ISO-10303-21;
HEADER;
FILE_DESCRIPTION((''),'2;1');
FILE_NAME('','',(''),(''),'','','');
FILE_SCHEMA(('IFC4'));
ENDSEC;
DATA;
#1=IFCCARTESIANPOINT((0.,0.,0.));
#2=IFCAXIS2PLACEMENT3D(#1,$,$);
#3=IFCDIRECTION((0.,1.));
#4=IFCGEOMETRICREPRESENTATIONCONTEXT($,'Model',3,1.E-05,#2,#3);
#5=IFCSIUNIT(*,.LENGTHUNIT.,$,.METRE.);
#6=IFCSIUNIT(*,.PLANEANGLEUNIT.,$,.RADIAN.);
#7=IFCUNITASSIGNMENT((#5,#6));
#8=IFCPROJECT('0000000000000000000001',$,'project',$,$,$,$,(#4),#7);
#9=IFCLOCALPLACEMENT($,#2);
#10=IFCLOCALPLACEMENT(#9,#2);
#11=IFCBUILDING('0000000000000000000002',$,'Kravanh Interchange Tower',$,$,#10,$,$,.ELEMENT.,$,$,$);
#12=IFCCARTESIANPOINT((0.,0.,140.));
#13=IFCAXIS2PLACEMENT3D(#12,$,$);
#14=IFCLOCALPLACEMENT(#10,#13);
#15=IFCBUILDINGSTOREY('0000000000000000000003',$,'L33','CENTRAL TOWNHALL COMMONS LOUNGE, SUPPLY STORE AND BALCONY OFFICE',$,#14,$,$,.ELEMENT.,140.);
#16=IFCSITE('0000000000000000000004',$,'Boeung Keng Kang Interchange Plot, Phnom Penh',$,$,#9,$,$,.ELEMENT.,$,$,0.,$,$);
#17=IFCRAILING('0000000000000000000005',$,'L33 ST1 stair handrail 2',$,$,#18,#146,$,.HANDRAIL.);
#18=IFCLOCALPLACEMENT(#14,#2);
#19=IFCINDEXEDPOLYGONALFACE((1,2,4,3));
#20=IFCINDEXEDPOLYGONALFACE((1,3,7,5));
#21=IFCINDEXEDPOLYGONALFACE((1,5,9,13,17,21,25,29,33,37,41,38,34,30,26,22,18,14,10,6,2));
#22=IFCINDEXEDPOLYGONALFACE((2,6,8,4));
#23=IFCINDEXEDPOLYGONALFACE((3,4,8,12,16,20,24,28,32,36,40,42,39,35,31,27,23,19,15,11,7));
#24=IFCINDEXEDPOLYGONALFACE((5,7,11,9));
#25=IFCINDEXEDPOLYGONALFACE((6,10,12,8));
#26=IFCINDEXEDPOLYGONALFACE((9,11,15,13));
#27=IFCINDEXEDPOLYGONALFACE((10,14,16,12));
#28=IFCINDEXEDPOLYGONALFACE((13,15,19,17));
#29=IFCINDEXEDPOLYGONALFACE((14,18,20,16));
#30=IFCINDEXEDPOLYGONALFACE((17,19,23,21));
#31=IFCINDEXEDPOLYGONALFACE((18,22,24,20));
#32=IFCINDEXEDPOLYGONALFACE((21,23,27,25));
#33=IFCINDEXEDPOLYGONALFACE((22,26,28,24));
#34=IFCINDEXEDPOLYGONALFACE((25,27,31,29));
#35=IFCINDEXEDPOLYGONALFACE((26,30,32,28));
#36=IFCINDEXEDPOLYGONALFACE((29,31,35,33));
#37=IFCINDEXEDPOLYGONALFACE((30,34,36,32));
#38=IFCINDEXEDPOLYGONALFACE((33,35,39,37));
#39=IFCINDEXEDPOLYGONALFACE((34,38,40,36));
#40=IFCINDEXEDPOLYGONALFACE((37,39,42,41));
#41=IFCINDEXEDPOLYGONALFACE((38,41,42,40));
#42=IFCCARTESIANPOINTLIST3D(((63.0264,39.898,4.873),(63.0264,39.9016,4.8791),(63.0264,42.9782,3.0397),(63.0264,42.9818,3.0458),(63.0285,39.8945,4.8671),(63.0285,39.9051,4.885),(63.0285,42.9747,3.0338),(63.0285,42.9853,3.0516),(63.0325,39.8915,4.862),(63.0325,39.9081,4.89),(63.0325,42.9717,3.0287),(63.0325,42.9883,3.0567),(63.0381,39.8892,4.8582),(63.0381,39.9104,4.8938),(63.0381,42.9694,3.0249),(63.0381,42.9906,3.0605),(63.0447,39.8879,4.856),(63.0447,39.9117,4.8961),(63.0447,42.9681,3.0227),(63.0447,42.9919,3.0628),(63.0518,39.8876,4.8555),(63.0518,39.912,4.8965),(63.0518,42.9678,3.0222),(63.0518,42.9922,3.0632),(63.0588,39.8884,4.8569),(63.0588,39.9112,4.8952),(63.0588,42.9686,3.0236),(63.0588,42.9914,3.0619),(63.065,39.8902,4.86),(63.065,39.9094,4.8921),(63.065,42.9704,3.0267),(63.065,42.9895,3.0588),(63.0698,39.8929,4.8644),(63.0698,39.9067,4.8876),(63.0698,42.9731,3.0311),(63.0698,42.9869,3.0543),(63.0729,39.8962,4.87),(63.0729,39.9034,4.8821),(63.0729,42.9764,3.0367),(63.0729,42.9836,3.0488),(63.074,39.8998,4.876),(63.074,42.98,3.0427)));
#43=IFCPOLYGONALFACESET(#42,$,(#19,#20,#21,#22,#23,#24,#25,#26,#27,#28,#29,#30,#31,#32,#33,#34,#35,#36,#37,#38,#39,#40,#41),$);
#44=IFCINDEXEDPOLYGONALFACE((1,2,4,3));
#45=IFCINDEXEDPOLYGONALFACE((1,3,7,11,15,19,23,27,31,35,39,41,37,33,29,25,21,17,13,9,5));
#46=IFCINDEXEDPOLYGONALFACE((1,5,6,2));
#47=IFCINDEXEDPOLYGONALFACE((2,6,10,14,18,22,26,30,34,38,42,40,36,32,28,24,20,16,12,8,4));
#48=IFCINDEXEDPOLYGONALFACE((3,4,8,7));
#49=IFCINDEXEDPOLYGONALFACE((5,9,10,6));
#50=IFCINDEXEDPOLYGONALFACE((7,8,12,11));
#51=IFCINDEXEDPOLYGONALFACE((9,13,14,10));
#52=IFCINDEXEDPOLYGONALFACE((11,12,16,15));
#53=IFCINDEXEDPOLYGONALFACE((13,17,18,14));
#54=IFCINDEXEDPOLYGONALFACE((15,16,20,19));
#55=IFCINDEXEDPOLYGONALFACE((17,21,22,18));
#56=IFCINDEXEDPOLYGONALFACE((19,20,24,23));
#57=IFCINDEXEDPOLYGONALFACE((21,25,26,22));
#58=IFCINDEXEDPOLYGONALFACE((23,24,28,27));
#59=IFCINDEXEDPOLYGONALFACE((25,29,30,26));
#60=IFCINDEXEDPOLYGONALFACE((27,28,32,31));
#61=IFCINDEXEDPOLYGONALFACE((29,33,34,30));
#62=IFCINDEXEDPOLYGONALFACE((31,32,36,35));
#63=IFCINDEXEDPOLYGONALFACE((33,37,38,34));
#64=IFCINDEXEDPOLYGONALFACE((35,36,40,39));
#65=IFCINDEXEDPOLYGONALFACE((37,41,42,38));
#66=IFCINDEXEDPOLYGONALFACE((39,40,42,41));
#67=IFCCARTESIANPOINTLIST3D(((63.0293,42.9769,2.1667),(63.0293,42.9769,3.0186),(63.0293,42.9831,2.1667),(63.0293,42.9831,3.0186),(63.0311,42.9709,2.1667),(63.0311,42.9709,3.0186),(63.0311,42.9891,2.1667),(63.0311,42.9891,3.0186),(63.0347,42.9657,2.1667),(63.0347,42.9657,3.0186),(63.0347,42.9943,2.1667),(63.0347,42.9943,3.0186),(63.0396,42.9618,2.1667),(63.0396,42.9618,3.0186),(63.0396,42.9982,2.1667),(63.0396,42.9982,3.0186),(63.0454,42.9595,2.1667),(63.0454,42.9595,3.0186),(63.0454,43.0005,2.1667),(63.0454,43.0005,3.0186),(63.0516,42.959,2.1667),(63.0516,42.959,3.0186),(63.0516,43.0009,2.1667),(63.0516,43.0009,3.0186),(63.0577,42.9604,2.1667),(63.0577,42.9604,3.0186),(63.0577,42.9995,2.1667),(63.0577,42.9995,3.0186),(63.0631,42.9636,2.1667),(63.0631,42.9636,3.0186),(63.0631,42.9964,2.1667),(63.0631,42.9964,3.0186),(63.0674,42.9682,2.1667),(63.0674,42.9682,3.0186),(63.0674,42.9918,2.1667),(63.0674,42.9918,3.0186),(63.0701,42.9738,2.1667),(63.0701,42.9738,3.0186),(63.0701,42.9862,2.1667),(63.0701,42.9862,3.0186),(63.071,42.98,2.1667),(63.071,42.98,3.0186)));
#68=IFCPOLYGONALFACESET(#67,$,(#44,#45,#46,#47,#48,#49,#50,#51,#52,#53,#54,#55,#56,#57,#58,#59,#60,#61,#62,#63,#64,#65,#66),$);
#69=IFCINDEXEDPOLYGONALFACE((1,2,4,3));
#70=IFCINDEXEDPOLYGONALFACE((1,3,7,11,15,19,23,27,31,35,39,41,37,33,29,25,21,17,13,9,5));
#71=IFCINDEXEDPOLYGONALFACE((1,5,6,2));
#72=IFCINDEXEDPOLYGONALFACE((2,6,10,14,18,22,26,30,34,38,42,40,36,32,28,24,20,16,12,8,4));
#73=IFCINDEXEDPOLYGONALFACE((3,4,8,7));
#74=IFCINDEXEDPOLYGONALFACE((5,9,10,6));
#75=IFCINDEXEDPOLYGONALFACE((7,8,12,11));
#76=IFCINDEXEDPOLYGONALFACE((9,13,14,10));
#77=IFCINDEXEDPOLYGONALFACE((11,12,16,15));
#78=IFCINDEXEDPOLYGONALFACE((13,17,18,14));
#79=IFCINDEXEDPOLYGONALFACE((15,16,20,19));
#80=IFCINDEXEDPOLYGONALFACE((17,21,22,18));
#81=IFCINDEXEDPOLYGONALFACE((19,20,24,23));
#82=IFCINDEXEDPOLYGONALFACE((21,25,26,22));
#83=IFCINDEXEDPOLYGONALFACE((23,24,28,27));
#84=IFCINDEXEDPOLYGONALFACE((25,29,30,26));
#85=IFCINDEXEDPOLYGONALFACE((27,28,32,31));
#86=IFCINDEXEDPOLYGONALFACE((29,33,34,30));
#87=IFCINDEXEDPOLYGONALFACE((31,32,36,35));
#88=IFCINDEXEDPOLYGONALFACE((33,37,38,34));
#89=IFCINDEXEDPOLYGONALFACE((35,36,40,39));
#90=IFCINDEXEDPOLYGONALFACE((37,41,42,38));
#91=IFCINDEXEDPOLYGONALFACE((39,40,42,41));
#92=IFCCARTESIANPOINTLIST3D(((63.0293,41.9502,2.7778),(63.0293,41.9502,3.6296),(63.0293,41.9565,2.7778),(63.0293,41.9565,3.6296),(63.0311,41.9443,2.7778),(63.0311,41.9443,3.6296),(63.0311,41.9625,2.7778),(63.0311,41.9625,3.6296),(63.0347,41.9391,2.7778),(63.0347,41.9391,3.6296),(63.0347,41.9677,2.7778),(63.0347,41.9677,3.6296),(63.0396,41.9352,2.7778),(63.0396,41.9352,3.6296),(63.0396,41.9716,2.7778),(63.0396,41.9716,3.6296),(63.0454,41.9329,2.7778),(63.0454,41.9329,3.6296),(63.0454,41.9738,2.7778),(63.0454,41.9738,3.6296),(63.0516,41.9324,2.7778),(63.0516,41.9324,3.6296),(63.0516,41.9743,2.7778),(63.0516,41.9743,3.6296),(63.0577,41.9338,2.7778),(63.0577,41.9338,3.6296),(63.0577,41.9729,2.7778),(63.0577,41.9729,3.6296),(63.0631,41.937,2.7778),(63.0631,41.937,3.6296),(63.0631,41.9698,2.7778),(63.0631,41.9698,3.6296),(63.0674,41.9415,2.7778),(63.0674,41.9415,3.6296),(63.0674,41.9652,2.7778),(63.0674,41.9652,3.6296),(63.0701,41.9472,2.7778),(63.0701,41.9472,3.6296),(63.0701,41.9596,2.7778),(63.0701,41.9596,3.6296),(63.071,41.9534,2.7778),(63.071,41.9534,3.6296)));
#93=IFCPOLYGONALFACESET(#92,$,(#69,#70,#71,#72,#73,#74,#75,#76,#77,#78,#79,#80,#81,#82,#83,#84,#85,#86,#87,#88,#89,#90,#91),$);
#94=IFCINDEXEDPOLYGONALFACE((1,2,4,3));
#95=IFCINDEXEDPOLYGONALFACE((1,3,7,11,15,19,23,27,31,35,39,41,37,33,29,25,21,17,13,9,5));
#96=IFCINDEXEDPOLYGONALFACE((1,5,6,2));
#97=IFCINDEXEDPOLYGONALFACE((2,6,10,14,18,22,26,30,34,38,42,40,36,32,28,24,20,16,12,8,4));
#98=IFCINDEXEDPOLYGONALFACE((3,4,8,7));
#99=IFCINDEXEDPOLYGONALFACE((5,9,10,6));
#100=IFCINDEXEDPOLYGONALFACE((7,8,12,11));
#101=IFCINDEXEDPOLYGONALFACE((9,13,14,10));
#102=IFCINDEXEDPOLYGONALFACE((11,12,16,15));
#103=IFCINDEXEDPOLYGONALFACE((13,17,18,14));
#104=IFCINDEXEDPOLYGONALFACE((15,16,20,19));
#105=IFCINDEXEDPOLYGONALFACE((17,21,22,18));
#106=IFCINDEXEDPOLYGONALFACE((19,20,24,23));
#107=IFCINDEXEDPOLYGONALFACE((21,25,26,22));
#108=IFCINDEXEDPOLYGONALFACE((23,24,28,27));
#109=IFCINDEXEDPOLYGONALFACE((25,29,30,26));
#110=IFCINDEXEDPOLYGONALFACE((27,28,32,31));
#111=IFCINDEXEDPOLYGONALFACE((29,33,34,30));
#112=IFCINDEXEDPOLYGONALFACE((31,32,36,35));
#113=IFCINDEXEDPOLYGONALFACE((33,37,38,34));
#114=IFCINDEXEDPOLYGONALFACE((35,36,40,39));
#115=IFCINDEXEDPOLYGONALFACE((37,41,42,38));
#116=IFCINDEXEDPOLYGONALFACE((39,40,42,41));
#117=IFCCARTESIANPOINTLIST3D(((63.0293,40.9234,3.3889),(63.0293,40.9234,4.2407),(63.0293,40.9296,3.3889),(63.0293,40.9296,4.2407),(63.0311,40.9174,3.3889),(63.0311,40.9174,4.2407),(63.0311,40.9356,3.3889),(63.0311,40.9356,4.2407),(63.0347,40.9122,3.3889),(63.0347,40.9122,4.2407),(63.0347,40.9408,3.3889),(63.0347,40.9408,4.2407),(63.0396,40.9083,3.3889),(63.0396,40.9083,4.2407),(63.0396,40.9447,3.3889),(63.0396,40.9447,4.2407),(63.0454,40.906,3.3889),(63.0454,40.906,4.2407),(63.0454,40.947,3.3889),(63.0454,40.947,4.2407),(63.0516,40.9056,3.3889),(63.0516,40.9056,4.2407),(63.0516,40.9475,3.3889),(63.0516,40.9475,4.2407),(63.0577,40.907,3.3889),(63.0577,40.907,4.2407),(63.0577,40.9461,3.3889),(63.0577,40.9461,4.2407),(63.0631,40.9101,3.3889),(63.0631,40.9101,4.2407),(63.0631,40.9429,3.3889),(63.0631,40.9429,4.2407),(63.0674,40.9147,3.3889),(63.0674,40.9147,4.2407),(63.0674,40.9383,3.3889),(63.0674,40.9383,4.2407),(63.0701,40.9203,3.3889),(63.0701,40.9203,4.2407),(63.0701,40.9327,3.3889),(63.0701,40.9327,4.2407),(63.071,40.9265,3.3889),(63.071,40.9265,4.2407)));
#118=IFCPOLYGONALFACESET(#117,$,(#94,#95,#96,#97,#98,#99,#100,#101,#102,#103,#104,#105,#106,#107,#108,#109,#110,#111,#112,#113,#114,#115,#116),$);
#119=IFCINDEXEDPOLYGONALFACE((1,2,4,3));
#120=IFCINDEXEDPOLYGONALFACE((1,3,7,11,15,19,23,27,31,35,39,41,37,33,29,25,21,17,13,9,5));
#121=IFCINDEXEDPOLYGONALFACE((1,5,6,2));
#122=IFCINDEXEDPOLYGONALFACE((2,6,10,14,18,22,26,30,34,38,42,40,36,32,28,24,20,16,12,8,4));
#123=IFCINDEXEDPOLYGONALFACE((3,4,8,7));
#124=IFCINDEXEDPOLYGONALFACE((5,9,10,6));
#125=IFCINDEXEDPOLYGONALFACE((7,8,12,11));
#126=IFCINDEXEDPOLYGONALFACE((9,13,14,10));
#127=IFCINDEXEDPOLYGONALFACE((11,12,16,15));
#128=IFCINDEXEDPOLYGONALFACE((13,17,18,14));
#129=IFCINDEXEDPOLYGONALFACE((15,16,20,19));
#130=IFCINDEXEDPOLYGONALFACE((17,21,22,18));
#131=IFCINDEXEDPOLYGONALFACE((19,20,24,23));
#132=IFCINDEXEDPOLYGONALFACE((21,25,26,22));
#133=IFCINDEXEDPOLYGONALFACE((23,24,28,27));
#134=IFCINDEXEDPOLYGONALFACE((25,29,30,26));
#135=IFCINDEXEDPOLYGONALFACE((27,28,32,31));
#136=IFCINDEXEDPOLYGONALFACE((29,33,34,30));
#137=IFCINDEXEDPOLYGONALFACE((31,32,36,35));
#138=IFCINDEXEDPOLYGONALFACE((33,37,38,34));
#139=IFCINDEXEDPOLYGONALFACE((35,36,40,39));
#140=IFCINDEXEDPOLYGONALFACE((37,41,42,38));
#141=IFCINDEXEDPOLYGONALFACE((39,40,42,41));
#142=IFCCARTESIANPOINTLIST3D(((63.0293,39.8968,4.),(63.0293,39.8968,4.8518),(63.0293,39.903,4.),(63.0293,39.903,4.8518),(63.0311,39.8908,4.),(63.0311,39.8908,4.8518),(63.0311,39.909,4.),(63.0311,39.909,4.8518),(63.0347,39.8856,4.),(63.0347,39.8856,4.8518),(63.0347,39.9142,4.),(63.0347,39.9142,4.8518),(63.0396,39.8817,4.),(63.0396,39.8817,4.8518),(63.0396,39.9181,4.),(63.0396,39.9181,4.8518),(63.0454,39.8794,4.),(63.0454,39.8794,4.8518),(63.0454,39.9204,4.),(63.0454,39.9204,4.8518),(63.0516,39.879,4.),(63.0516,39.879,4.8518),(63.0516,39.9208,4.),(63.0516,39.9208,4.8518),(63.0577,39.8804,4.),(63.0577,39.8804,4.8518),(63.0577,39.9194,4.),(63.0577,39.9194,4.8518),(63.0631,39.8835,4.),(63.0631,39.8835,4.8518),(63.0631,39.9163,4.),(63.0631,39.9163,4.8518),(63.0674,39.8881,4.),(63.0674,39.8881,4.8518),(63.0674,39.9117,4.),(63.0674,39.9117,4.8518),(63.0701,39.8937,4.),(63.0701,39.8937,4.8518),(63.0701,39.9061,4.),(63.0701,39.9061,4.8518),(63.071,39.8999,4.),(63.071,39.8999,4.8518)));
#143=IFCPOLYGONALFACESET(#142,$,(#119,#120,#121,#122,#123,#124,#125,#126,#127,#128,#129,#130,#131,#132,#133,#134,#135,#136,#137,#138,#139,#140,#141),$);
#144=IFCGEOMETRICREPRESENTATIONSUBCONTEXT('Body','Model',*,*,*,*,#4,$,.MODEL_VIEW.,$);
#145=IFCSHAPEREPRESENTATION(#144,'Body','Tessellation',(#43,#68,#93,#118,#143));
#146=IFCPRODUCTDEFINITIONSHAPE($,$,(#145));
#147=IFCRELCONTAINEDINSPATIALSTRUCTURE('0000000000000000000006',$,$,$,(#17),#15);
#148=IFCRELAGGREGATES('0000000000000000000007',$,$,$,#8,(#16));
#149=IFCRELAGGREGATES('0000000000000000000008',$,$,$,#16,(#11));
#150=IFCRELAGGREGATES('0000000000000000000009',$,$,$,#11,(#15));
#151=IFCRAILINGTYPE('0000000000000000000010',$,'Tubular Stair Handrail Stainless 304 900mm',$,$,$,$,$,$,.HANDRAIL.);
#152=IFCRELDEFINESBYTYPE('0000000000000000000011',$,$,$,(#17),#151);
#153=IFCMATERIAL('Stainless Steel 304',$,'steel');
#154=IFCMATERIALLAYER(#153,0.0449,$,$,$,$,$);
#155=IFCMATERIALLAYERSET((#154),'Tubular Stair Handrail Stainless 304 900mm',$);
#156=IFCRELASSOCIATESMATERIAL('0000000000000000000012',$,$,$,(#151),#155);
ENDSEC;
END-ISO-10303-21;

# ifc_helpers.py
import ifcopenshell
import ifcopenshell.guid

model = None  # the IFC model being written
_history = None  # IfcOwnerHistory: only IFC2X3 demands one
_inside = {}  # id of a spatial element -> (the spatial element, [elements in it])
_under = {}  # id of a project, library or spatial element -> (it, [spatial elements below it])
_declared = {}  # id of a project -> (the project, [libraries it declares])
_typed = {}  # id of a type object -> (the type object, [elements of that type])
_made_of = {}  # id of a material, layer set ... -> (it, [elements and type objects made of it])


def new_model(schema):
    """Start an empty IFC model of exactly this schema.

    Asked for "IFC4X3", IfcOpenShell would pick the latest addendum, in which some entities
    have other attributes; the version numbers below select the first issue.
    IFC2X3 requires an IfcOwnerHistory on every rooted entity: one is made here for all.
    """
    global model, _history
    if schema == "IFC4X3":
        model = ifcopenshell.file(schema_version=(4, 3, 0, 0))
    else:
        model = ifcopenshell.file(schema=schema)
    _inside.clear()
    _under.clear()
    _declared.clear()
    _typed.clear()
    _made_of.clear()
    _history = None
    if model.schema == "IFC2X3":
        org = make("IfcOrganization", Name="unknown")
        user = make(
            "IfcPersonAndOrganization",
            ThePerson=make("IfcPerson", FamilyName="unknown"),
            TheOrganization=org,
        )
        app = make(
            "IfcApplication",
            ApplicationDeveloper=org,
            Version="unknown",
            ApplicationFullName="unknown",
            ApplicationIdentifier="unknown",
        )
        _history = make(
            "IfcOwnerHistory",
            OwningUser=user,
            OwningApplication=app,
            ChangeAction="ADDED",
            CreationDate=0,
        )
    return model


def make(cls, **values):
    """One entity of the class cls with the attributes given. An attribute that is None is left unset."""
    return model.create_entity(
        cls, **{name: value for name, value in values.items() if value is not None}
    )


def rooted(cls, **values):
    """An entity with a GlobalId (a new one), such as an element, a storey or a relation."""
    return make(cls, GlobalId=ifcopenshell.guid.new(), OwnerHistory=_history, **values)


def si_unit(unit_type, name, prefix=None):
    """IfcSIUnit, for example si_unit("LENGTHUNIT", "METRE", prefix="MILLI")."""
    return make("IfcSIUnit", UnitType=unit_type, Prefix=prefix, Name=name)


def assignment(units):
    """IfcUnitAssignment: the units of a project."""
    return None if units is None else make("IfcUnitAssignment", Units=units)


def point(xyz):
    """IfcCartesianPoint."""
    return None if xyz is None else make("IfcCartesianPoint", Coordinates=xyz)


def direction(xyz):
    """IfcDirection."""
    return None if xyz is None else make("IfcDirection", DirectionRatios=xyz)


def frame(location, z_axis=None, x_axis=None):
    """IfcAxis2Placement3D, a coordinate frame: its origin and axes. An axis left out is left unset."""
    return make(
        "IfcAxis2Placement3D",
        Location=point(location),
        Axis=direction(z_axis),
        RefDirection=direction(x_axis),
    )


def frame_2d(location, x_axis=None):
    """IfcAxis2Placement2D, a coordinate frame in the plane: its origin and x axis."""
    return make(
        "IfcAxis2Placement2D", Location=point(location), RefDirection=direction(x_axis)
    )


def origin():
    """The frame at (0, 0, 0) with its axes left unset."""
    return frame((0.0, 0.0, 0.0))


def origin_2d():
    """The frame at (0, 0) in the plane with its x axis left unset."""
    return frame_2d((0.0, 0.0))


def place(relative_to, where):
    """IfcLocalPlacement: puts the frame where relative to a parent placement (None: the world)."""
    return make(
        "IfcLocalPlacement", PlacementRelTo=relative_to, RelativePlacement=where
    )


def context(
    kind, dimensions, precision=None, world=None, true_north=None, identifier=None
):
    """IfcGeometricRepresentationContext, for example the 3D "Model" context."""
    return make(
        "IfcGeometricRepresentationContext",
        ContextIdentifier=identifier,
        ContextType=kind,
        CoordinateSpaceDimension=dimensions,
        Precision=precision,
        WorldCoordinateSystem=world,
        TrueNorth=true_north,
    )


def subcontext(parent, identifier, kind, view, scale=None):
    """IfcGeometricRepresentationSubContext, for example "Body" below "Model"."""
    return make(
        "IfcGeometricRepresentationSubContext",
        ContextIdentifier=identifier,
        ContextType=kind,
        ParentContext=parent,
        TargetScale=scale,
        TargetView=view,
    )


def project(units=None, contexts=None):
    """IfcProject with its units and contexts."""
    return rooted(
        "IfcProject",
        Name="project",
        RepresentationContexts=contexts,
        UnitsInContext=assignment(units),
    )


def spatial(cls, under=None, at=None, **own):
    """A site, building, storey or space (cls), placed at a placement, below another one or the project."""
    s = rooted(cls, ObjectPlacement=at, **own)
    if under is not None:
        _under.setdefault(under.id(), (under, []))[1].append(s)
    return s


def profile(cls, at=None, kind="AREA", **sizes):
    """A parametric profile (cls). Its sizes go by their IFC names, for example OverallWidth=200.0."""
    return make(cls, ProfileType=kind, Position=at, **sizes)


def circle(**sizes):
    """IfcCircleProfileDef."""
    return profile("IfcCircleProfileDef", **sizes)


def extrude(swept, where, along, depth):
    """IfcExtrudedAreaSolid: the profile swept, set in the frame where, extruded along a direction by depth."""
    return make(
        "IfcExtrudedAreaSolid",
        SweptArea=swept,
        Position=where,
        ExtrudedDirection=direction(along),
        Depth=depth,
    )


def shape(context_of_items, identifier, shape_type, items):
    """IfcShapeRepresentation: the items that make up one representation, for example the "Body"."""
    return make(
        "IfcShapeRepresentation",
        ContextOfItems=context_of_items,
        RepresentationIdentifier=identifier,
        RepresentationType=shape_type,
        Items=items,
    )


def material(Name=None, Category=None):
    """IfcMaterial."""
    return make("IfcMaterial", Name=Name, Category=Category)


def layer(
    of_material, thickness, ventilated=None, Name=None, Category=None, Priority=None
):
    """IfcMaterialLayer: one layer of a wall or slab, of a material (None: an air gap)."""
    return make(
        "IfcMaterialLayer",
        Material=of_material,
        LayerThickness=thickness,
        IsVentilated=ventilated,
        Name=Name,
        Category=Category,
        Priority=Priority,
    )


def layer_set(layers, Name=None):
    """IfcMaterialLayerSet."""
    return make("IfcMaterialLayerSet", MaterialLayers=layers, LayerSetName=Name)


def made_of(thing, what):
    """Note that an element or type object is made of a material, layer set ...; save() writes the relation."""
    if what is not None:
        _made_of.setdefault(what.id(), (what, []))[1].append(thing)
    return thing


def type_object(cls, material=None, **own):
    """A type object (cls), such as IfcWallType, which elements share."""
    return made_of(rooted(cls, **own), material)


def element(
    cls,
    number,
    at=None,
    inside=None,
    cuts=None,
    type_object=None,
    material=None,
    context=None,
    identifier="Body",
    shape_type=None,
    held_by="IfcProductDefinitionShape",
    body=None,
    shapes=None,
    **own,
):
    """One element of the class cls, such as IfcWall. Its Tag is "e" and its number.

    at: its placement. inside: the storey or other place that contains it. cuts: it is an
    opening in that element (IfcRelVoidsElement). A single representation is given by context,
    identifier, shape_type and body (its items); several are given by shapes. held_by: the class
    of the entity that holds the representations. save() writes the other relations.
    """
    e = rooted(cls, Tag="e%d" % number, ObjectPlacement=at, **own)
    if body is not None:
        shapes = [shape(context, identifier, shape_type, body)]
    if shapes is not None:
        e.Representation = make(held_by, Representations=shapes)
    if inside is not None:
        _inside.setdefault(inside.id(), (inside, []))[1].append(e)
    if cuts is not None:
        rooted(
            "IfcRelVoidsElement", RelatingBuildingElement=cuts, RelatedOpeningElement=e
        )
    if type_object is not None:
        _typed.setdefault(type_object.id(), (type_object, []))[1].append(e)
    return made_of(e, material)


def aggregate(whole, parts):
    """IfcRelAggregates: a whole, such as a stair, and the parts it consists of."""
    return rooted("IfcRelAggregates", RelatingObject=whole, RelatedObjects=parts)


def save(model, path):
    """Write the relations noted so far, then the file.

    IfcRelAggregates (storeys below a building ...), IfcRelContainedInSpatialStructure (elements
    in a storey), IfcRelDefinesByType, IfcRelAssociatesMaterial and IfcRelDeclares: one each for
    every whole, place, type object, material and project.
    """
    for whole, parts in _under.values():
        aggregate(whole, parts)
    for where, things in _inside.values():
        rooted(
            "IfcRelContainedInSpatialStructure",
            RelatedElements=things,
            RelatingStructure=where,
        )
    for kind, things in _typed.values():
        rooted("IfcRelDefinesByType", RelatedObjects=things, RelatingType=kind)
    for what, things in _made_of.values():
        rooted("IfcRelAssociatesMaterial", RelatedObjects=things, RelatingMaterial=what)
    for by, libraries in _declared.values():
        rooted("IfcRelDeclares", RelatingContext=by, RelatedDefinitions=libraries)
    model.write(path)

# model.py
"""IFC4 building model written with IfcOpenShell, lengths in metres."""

from ifc_helpers import new_model, si_unit, direction, frame, origin, origin_2d, place, context, subcontext, project, spatial, circle, extrude, material, layer, layer_set, type_object, element, save


model = new_model("IFC4")

# Units and contexts
model_context = context("Model", 3, precision=1e-05, world=origin(), true_north=direction((0.0, 1.0)))
body_context = subcontext(model_context, "Body", "Model", "MODEL_VIEW")
ifc_project = project(units=[si_unit("LENGTHUNIT", "METRE"), si_unit("PLANEANGLEUNIT", "RADIAN")], contexts=[model_context])

# Site, building, storey
site_placement = place(None, origin())
site = spatial("IfcSite", under=ifc_project, at=site_placement, Name="Boeung Keng Kang Interchange Plot, Phnom Penh", CompositionType="ELEMENT", RefElevation=0.0)
building_placement = place(site_placement, origin())
building = spatial("IfcBuilding", under=site, at=building_placement, Name="Kravanh Interchange Tower", CompositionType="ELEMENT")
storey_placement = place(building_placement, frame((0.0, 0.0, 140.0)))
storey = spatial("IfcBuildingStorey", under=building, at=storey_placement, Name="L33", Description="CENTRAL TOWNHALL COMMONS LOUNGE, SUPPLY STORE AND BALCONY OFFICE", CompositionType="ELEMENT", Elevation=140.0)

# Railing
ifc_material_1 = material(Name="Stainless Steel 304", Category="steel")
ifc_layer_1 = layer(ifc_material_1, 0.0449)
ifc_layer_set_1 = layer_set([ifc_layer_1], Name="Tubular Stair Handrail Stainless 304 900mm")
railing_type_1 = type_object("IfcRailingType", Name="Tubular Stair Handrail Stainless 304 900mm", PredefinedType="HANDRAIL", material=ifc_layer_set_1)
railing_1_placement = place(storey_placement, frame((63.05, 42.98, 2.1667)))
element("IfcRailing", 1, at=railing_1_placement, inside=storey, type_object=railing_type_1, Name="L33 ST1 stair handrail 2", PredefinedType="HANDRAIL", context=body_context, shape_type="SweptSolid", body=[
    extrude(circle(Radius=0.0239, at=origin_2d()), frame((0.0, 0.0, 0.876), z_axis=(0.0, -0.859309, 0.511458), x_axis=(1.0, 0.0, 0.0)), (0.0, 0.0, 1.0), 3.5845),
    extrude(circle(Radius=0.021, at=origin_2d()), origin(), (0.0, 0.0, 1.0), 0.8518),
    extrude(circle(Radius=0.021, at=origin_2d()), frame((0.0, -1.0266, 0.6111)), (0.0, 0.0, 1.0), 0.8518),
    extrude(circle(Radius=0.021, at=origin_2d()), frame((0.0, -2.0535, 1.2222)), (0.0, 0.0, 1.0), 0.8518),
    extrude(circle(Radius=0.021, at=origin_2d()), frame((0.0, -3.0801, 1.8333)), (0.0, 0.0, 1.0), 0.8518),
])

save(model, "model.ifc")
